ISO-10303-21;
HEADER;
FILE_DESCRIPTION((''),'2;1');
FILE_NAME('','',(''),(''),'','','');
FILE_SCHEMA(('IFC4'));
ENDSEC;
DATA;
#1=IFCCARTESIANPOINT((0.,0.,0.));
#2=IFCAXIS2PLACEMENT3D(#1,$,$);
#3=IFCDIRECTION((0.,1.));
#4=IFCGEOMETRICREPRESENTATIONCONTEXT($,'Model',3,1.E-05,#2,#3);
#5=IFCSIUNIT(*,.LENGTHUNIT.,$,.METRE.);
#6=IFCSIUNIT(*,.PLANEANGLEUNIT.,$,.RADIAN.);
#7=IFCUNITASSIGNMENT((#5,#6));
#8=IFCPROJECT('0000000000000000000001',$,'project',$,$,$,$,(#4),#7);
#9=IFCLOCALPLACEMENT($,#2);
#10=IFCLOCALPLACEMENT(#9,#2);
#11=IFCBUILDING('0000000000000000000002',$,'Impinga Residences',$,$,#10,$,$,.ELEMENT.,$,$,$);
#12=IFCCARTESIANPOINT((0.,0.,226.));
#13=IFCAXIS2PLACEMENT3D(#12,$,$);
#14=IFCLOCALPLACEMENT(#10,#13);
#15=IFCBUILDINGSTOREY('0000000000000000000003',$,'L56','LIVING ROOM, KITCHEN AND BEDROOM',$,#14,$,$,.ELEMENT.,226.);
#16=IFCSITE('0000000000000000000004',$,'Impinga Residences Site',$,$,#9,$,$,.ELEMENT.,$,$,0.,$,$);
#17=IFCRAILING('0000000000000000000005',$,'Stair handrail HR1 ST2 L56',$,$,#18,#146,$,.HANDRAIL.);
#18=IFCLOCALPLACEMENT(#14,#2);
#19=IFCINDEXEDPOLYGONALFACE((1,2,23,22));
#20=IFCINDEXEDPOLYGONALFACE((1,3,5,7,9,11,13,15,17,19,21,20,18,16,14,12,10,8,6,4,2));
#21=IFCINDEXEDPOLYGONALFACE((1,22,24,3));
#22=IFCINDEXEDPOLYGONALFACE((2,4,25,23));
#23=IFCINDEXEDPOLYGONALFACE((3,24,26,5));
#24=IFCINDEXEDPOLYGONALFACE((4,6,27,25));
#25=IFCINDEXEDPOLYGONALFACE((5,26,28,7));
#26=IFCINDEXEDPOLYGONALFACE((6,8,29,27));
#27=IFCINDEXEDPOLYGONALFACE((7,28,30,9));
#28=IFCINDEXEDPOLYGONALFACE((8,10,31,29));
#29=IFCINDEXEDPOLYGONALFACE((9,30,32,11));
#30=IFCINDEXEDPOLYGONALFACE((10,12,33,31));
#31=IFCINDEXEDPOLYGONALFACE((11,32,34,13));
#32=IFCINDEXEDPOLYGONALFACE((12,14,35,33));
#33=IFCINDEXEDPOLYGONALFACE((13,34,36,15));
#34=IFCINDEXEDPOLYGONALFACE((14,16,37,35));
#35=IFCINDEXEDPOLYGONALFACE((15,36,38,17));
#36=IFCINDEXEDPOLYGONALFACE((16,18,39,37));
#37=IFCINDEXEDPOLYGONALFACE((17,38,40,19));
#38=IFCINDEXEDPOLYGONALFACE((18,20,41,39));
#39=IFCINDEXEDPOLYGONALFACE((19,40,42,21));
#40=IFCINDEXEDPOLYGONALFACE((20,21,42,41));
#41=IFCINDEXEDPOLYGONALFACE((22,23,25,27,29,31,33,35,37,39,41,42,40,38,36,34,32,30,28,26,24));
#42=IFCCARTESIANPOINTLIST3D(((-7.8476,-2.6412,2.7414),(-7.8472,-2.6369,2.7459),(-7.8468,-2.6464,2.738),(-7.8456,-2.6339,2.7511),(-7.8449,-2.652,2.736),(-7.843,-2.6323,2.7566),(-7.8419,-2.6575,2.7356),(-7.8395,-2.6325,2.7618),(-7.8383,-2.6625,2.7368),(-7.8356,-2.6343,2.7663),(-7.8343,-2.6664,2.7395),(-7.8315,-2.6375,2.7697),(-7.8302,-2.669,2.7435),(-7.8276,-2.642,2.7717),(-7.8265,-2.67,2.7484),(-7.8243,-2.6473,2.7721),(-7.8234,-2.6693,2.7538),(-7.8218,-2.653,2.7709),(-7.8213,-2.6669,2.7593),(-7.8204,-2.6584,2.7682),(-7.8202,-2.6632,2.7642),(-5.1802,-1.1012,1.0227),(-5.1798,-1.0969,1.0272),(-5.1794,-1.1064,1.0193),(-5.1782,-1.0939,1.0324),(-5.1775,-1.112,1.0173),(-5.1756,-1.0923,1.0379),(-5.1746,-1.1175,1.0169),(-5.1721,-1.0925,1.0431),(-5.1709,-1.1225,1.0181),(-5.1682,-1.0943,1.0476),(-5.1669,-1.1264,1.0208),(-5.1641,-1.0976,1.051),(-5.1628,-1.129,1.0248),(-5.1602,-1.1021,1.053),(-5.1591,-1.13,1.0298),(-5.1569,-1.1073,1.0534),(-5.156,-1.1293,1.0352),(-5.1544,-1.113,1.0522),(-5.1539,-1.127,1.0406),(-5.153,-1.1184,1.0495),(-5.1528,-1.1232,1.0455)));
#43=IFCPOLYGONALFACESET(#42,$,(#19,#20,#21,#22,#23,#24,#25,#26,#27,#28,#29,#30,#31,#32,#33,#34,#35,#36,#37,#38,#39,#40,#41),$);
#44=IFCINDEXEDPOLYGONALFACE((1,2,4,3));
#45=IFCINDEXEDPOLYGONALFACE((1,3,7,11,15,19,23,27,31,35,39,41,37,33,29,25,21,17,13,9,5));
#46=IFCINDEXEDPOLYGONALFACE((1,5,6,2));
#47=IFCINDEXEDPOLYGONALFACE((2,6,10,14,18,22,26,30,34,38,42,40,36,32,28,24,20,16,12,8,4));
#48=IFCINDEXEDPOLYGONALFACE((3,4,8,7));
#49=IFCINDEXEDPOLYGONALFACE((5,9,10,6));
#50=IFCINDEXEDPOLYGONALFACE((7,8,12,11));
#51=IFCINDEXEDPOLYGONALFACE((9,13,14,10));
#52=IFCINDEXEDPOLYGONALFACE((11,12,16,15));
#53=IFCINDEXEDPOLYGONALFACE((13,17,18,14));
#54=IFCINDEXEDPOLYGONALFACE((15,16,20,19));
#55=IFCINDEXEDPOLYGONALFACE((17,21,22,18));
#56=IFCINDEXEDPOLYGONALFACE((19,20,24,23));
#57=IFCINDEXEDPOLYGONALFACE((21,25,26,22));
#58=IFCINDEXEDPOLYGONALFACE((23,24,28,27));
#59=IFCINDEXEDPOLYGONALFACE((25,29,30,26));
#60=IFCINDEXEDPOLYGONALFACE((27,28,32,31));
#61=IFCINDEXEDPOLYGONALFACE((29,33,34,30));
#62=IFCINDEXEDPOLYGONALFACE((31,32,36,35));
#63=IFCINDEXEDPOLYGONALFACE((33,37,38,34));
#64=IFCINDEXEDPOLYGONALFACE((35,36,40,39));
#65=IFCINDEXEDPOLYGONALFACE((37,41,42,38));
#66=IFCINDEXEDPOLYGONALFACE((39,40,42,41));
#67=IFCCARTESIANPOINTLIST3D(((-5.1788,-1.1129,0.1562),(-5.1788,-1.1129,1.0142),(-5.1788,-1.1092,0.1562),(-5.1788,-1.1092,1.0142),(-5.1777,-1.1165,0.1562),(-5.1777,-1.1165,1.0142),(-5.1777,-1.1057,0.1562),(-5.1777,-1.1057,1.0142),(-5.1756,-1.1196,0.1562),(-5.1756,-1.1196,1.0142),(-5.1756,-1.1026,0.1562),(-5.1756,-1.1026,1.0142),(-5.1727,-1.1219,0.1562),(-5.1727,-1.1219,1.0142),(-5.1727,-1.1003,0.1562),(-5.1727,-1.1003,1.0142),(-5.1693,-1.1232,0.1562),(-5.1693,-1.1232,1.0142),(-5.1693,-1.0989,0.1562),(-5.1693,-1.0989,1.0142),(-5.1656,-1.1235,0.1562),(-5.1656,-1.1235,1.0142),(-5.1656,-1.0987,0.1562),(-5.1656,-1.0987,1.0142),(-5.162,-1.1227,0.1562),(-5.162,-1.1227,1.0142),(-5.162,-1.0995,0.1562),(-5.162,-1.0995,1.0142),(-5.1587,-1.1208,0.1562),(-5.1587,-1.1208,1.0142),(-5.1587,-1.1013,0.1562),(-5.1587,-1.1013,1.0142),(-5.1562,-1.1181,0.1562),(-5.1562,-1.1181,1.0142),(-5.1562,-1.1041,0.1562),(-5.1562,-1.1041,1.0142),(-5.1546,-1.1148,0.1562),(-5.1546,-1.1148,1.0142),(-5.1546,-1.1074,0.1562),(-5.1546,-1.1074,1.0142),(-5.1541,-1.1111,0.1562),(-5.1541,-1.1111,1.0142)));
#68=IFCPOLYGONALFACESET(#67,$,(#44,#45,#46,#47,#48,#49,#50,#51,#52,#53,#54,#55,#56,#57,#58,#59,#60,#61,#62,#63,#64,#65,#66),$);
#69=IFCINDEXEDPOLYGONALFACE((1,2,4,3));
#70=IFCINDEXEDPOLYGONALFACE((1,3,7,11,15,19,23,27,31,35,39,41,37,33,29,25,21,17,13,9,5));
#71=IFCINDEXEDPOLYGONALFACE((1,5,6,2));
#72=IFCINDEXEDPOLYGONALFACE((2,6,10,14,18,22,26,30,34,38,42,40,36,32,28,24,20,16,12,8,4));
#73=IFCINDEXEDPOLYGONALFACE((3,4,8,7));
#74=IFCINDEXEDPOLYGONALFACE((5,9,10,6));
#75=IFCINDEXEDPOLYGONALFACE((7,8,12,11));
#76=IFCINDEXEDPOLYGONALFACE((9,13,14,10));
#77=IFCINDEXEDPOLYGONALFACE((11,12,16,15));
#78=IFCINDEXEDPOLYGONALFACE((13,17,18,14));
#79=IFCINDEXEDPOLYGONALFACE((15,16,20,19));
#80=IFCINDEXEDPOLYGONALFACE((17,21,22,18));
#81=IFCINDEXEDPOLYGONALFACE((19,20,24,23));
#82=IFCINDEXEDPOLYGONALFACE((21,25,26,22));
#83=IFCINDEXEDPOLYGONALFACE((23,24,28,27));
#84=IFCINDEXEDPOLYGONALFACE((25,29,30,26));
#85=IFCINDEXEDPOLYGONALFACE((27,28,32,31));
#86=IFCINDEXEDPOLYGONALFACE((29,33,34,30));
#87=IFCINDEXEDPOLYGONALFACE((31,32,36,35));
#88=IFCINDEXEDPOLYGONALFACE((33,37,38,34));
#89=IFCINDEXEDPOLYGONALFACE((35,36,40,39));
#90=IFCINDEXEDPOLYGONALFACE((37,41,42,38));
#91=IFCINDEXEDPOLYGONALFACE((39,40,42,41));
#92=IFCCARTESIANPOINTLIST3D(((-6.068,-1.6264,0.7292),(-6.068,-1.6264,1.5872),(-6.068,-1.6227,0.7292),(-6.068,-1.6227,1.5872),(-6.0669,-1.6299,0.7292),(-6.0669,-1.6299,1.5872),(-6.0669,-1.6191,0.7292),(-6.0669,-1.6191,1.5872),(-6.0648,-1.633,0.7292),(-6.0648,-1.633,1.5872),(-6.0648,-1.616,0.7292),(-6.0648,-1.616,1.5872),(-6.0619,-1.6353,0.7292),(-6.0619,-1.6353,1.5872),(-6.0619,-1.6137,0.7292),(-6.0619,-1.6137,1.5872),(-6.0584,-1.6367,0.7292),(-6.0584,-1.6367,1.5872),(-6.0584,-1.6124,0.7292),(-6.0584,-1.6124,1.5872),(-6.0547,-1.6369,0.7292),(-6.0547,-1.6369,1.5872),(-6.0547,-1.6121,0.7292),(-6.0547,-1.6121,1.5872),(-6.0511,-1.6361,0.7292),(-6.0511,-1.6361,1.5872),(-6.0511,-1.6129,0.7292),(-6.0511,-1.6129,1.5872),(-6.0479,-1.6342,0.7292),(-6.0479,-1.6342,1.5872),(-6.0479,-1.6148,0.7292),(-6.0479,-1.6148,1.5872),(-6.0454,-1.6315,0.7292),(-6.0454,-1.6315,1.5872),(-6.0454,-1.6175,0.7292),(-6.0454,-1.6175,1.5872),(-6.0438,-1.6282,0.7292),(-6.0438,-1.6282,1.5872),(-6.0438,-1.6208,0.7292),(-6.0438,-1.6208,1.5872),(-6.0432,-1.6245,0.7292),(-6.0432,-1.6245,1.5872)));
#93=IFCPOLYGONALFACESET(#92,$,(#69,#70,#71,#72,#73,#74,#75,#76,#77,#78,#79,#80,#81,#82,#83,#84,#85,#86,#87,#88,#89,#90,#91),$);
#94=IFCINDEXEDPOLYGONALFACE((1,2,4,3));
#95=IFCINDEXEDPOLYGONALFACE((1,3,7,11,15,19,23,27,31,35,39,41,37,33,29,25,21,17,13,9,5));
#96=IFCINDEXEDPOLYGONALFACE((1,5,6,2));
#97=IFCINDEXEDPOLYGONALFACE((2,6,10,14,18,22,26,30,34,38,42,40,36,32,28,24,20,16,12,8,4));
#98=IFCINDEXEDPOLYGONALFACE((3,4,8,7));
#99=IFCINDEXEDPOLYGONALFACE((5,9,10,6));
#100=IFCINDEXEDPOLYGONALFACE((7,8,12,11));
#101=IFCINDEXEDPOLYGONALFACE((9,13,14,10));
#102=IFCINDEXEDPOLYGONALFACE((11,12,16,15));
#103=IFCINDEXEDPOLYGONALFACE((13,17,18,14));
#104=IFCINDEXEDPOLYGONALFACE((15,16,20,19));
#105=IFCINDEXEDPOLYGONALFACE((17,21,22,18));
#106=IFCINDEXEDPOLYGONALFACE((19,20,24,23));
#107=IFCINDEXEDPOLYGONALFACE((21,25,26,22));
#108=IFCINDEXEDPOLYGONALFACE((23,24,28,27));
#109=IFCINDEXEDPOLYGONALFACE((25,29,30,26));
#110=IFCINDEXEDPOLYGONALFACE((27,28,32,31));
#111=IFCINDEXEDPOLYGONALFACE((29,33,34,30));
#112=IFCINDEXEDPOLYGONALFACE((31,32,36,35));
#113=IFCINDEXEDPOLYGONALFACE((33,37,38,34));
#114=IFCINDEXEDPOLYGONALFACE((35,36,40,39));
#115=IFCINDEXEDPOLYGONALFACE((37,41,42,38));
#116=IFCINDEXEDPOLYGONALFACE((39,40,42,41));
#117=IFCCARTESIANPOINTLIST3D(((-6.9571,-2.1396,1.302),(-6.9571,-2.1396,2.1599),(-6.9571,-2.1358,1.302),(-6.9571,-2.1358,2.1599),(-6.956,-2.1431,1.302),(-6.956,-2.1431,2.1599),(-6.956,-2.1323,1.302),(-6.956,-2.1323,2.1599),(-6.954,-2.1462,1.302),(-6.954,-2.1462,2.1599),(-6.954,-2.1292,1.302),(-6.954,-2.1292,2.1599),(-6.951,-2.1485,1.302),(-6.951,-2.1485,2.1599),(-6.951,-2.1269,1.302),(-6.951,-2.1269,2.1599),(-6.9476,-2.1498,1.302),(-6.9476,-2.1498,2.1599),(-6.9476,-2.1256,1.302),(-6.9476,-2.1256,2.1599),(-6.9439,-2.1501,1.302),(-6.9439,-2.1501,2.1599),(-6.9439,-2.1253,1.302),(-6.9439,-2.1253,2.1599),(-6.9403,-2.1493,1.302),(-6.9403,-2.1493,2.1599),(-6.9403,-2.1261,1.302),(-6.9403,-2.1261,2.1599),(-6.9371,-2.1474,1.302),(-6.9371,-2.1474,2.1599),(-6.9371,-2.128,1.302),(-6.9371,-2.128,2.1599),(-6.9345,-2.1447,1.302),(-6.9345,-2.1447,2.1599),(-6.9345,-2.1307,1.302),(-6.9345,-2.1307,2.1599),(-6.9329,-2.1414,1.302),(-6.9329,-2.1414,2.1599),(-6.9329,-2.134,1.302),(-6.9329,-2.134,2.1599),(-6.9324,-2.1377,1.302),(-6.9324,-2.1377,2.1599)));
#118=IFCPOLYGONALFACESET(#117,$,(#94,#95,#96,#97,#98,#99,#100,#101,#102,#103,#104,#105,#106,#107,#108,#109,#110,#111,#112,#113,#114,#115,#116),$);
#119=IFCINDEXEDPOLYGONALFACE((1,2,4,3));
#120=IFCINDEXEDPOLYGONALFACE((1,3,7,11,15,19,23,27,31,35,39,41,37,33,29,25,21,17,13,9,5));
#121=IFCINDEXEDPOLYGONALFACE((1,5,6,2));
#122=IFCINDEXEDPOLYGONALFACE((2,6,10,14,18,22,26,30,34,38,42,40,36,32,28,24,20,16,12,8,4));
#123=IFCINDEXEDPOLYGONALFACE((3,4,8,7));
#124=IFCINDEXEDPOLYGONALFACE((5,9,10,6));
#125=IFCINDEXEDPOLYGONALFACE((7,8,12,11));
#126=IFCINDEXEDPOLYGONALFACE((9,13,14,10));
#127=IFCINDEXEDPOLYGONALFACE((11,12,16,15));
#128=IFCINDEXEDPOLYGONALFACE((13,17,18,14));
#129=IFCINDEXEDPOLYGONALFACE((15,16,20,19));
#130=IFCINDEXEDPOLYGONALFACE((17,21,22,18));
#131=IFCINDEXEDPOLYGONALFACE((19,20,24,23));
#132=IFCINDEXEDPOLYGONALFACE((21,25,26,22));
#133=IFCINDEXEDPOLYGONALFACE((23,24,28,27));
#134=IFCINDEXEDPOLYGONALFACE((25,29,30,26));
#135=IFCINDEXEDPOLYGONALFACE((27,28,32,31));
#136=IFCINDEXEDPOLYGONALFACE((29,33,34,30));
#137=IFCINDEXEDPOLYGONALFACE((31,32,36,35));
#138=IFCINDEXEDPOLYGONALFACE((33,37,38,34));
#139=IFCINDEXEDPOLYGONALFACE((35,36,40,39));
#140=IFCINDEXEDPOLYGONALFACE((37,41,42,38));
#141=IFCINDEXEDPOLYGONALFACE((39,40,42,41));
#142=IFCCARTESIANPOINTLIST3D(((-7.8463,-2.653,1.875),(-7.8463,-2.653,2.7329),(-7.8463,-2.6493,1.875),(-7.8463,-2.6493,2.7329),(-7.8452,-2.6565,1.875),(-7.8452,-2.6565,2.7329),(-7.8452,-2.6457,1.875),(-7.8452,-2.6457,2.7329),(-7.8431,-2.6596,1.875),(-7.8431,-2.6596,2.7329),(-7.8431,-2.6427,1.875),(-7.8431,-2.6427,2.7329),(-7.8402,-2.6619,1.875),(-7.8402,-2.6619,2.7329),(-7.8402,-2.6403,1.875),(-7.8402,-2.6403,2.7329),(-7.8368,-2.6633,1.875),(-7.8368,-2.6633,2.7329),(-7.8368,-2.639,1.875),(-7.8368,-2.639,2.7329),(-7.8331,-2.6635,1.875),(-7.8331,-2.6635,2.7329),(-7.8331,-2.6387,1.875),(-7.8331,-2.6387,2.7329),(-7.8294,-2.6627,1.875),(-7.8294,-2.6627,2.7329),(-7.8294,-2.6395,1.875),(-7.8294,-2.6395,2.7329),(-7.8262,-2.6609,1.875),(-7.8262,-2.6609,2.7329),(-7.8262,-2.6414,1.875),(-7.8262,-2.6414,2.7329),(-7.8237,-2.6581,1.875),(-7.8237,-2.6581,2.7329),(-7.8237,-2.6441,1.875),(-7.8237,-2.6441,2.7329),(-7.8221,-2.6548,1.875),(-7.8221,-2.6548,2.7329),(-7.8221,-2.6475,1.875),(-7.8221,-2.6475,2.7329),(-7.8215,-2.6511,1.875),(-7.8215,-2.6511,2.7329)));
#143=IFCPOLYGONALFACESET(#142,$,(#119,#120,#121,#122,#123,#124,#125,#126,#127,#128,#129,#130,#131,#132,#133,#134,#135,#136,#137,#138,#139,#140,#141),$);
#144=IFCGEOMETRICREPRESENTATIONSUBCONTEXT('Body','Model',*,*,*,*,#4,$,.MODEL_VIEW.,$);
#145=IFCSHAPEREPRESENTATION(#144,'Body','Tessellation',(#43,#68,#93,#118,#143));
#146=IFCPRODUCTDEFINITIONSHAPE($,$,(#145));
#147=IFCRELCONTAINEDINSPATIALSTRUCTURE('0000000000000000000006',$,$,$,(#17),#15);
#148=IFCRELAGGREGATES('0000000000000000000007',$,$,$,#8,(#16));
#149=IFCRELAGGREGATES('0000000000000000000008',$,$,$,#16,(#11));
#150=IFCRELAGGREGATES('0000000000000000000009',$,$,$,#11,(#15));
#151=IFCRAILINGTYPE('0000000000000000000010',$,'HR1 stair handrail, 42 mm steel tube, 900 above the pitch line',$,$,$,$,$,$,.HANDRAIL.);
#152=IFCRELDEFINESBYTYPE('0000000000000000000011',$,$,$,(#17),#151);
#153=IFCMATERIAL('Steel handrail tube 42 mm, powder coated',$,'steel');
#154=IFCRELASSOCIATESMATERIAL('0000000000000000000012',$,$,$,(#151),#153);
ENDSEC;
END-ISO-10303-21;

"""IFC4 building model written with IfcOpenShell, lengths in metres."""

from ifc_helpers import new_model, si_unit, direction, frame, origin, origin_2d, place, context, subcontext, project, spatial, circle, extrude, material, type_object, element, save


model = new_model("IFC4")

# Units and contexts
model_context = context("Model", 3, precision=1e-05, world=origin(), true_north=direction((0.0, 1.0)))
body_context = subcontext(model_context, "Body", "Model", "MODEL_VIEW")
ifc_project = project(units=[si_unit("LENGTHUNIT", "METRE"), si_unit("PLANEANGLEUNIT", "RADIAN")], contexts=[model_context])

# Site, building, storey
site_placement = place(None, origin())
site = spatial("IfcSite", under=ifc_project, at=site_placement, Name="Impinga Residences Site", CompositionType="ELEMENT", RefElevation=0.0)
building_placement = place(site_placement, origin())
building = spatial("IfcBuilding", under=site, at=building_placement, Name="Impinga Residences", CompositionType="ELEMENT")
storey_placement = place(building_placement, frame((0.0, 0.0, 226.0)))
storey = spatial("IfcBuildingStorey", under=building, at=storey_placement, Name="L56", Description="LIVING ROOM, KITCHEN AND BEDROOM", CompositionType="ELEMENT", Elevation=226.0)

# Railing
ifc_material_1 = material(Name="Steel handrail tube 42 mm, powder coated", Category="steel")
railing_type_1 = type_object("IfcRailingType", Name="HR1 stair handrail, 42 mm steel tube, 900 above the pitch line", PredefinedType="HANDRAIL", material=ifc_material_1)
railing_1_placement = place(storey_placement, frame((-5.1665, -1.1111, 0.1562)))
element("IfcRailing", 1, at=railing_1_placement, inside=storey, type_object=railing_type_1, Name="Stair handrail HR1 ST2 L56", PredefinedType="HANDRAIL", context=body_context, shape_type="SweptSolid", body=[
    extrude(circle(Radius=0.021, at=origin_2d()), frame((0.0, 0.0, 0.8789), z_axis=(-0.756256, -0.436616, 0.487282), x_axis=(0.499992, -0.86603, 0.0)), (0.0, 0.0, 1.0), 3.5271),
    extrude(circle(Radius=0.0125, at=origin_2d()), origin(), (0.0, 0.0, 1.0), 0.8579),
    extrude(circle(Radius=0.0125, at=origin_2d()), frame((-0.8892, -0.5134, 0.573)), (0.0, 0.0, 1.0), 0.8579),
    extrude(circle(Radius=0.0125, at=origin_2d()), frame((-1.7783, -1.0266, 1.1458)), (0.0, 0.0, 1.0), 0.8579),
    extrude(circle(Radius=0.0125, at=origin_2d()), frame((-2.6675, -1.54, 1.7188)), (0.0, 0.0, 1.0), 0.8579),
])

save(model, "model.ifc")
